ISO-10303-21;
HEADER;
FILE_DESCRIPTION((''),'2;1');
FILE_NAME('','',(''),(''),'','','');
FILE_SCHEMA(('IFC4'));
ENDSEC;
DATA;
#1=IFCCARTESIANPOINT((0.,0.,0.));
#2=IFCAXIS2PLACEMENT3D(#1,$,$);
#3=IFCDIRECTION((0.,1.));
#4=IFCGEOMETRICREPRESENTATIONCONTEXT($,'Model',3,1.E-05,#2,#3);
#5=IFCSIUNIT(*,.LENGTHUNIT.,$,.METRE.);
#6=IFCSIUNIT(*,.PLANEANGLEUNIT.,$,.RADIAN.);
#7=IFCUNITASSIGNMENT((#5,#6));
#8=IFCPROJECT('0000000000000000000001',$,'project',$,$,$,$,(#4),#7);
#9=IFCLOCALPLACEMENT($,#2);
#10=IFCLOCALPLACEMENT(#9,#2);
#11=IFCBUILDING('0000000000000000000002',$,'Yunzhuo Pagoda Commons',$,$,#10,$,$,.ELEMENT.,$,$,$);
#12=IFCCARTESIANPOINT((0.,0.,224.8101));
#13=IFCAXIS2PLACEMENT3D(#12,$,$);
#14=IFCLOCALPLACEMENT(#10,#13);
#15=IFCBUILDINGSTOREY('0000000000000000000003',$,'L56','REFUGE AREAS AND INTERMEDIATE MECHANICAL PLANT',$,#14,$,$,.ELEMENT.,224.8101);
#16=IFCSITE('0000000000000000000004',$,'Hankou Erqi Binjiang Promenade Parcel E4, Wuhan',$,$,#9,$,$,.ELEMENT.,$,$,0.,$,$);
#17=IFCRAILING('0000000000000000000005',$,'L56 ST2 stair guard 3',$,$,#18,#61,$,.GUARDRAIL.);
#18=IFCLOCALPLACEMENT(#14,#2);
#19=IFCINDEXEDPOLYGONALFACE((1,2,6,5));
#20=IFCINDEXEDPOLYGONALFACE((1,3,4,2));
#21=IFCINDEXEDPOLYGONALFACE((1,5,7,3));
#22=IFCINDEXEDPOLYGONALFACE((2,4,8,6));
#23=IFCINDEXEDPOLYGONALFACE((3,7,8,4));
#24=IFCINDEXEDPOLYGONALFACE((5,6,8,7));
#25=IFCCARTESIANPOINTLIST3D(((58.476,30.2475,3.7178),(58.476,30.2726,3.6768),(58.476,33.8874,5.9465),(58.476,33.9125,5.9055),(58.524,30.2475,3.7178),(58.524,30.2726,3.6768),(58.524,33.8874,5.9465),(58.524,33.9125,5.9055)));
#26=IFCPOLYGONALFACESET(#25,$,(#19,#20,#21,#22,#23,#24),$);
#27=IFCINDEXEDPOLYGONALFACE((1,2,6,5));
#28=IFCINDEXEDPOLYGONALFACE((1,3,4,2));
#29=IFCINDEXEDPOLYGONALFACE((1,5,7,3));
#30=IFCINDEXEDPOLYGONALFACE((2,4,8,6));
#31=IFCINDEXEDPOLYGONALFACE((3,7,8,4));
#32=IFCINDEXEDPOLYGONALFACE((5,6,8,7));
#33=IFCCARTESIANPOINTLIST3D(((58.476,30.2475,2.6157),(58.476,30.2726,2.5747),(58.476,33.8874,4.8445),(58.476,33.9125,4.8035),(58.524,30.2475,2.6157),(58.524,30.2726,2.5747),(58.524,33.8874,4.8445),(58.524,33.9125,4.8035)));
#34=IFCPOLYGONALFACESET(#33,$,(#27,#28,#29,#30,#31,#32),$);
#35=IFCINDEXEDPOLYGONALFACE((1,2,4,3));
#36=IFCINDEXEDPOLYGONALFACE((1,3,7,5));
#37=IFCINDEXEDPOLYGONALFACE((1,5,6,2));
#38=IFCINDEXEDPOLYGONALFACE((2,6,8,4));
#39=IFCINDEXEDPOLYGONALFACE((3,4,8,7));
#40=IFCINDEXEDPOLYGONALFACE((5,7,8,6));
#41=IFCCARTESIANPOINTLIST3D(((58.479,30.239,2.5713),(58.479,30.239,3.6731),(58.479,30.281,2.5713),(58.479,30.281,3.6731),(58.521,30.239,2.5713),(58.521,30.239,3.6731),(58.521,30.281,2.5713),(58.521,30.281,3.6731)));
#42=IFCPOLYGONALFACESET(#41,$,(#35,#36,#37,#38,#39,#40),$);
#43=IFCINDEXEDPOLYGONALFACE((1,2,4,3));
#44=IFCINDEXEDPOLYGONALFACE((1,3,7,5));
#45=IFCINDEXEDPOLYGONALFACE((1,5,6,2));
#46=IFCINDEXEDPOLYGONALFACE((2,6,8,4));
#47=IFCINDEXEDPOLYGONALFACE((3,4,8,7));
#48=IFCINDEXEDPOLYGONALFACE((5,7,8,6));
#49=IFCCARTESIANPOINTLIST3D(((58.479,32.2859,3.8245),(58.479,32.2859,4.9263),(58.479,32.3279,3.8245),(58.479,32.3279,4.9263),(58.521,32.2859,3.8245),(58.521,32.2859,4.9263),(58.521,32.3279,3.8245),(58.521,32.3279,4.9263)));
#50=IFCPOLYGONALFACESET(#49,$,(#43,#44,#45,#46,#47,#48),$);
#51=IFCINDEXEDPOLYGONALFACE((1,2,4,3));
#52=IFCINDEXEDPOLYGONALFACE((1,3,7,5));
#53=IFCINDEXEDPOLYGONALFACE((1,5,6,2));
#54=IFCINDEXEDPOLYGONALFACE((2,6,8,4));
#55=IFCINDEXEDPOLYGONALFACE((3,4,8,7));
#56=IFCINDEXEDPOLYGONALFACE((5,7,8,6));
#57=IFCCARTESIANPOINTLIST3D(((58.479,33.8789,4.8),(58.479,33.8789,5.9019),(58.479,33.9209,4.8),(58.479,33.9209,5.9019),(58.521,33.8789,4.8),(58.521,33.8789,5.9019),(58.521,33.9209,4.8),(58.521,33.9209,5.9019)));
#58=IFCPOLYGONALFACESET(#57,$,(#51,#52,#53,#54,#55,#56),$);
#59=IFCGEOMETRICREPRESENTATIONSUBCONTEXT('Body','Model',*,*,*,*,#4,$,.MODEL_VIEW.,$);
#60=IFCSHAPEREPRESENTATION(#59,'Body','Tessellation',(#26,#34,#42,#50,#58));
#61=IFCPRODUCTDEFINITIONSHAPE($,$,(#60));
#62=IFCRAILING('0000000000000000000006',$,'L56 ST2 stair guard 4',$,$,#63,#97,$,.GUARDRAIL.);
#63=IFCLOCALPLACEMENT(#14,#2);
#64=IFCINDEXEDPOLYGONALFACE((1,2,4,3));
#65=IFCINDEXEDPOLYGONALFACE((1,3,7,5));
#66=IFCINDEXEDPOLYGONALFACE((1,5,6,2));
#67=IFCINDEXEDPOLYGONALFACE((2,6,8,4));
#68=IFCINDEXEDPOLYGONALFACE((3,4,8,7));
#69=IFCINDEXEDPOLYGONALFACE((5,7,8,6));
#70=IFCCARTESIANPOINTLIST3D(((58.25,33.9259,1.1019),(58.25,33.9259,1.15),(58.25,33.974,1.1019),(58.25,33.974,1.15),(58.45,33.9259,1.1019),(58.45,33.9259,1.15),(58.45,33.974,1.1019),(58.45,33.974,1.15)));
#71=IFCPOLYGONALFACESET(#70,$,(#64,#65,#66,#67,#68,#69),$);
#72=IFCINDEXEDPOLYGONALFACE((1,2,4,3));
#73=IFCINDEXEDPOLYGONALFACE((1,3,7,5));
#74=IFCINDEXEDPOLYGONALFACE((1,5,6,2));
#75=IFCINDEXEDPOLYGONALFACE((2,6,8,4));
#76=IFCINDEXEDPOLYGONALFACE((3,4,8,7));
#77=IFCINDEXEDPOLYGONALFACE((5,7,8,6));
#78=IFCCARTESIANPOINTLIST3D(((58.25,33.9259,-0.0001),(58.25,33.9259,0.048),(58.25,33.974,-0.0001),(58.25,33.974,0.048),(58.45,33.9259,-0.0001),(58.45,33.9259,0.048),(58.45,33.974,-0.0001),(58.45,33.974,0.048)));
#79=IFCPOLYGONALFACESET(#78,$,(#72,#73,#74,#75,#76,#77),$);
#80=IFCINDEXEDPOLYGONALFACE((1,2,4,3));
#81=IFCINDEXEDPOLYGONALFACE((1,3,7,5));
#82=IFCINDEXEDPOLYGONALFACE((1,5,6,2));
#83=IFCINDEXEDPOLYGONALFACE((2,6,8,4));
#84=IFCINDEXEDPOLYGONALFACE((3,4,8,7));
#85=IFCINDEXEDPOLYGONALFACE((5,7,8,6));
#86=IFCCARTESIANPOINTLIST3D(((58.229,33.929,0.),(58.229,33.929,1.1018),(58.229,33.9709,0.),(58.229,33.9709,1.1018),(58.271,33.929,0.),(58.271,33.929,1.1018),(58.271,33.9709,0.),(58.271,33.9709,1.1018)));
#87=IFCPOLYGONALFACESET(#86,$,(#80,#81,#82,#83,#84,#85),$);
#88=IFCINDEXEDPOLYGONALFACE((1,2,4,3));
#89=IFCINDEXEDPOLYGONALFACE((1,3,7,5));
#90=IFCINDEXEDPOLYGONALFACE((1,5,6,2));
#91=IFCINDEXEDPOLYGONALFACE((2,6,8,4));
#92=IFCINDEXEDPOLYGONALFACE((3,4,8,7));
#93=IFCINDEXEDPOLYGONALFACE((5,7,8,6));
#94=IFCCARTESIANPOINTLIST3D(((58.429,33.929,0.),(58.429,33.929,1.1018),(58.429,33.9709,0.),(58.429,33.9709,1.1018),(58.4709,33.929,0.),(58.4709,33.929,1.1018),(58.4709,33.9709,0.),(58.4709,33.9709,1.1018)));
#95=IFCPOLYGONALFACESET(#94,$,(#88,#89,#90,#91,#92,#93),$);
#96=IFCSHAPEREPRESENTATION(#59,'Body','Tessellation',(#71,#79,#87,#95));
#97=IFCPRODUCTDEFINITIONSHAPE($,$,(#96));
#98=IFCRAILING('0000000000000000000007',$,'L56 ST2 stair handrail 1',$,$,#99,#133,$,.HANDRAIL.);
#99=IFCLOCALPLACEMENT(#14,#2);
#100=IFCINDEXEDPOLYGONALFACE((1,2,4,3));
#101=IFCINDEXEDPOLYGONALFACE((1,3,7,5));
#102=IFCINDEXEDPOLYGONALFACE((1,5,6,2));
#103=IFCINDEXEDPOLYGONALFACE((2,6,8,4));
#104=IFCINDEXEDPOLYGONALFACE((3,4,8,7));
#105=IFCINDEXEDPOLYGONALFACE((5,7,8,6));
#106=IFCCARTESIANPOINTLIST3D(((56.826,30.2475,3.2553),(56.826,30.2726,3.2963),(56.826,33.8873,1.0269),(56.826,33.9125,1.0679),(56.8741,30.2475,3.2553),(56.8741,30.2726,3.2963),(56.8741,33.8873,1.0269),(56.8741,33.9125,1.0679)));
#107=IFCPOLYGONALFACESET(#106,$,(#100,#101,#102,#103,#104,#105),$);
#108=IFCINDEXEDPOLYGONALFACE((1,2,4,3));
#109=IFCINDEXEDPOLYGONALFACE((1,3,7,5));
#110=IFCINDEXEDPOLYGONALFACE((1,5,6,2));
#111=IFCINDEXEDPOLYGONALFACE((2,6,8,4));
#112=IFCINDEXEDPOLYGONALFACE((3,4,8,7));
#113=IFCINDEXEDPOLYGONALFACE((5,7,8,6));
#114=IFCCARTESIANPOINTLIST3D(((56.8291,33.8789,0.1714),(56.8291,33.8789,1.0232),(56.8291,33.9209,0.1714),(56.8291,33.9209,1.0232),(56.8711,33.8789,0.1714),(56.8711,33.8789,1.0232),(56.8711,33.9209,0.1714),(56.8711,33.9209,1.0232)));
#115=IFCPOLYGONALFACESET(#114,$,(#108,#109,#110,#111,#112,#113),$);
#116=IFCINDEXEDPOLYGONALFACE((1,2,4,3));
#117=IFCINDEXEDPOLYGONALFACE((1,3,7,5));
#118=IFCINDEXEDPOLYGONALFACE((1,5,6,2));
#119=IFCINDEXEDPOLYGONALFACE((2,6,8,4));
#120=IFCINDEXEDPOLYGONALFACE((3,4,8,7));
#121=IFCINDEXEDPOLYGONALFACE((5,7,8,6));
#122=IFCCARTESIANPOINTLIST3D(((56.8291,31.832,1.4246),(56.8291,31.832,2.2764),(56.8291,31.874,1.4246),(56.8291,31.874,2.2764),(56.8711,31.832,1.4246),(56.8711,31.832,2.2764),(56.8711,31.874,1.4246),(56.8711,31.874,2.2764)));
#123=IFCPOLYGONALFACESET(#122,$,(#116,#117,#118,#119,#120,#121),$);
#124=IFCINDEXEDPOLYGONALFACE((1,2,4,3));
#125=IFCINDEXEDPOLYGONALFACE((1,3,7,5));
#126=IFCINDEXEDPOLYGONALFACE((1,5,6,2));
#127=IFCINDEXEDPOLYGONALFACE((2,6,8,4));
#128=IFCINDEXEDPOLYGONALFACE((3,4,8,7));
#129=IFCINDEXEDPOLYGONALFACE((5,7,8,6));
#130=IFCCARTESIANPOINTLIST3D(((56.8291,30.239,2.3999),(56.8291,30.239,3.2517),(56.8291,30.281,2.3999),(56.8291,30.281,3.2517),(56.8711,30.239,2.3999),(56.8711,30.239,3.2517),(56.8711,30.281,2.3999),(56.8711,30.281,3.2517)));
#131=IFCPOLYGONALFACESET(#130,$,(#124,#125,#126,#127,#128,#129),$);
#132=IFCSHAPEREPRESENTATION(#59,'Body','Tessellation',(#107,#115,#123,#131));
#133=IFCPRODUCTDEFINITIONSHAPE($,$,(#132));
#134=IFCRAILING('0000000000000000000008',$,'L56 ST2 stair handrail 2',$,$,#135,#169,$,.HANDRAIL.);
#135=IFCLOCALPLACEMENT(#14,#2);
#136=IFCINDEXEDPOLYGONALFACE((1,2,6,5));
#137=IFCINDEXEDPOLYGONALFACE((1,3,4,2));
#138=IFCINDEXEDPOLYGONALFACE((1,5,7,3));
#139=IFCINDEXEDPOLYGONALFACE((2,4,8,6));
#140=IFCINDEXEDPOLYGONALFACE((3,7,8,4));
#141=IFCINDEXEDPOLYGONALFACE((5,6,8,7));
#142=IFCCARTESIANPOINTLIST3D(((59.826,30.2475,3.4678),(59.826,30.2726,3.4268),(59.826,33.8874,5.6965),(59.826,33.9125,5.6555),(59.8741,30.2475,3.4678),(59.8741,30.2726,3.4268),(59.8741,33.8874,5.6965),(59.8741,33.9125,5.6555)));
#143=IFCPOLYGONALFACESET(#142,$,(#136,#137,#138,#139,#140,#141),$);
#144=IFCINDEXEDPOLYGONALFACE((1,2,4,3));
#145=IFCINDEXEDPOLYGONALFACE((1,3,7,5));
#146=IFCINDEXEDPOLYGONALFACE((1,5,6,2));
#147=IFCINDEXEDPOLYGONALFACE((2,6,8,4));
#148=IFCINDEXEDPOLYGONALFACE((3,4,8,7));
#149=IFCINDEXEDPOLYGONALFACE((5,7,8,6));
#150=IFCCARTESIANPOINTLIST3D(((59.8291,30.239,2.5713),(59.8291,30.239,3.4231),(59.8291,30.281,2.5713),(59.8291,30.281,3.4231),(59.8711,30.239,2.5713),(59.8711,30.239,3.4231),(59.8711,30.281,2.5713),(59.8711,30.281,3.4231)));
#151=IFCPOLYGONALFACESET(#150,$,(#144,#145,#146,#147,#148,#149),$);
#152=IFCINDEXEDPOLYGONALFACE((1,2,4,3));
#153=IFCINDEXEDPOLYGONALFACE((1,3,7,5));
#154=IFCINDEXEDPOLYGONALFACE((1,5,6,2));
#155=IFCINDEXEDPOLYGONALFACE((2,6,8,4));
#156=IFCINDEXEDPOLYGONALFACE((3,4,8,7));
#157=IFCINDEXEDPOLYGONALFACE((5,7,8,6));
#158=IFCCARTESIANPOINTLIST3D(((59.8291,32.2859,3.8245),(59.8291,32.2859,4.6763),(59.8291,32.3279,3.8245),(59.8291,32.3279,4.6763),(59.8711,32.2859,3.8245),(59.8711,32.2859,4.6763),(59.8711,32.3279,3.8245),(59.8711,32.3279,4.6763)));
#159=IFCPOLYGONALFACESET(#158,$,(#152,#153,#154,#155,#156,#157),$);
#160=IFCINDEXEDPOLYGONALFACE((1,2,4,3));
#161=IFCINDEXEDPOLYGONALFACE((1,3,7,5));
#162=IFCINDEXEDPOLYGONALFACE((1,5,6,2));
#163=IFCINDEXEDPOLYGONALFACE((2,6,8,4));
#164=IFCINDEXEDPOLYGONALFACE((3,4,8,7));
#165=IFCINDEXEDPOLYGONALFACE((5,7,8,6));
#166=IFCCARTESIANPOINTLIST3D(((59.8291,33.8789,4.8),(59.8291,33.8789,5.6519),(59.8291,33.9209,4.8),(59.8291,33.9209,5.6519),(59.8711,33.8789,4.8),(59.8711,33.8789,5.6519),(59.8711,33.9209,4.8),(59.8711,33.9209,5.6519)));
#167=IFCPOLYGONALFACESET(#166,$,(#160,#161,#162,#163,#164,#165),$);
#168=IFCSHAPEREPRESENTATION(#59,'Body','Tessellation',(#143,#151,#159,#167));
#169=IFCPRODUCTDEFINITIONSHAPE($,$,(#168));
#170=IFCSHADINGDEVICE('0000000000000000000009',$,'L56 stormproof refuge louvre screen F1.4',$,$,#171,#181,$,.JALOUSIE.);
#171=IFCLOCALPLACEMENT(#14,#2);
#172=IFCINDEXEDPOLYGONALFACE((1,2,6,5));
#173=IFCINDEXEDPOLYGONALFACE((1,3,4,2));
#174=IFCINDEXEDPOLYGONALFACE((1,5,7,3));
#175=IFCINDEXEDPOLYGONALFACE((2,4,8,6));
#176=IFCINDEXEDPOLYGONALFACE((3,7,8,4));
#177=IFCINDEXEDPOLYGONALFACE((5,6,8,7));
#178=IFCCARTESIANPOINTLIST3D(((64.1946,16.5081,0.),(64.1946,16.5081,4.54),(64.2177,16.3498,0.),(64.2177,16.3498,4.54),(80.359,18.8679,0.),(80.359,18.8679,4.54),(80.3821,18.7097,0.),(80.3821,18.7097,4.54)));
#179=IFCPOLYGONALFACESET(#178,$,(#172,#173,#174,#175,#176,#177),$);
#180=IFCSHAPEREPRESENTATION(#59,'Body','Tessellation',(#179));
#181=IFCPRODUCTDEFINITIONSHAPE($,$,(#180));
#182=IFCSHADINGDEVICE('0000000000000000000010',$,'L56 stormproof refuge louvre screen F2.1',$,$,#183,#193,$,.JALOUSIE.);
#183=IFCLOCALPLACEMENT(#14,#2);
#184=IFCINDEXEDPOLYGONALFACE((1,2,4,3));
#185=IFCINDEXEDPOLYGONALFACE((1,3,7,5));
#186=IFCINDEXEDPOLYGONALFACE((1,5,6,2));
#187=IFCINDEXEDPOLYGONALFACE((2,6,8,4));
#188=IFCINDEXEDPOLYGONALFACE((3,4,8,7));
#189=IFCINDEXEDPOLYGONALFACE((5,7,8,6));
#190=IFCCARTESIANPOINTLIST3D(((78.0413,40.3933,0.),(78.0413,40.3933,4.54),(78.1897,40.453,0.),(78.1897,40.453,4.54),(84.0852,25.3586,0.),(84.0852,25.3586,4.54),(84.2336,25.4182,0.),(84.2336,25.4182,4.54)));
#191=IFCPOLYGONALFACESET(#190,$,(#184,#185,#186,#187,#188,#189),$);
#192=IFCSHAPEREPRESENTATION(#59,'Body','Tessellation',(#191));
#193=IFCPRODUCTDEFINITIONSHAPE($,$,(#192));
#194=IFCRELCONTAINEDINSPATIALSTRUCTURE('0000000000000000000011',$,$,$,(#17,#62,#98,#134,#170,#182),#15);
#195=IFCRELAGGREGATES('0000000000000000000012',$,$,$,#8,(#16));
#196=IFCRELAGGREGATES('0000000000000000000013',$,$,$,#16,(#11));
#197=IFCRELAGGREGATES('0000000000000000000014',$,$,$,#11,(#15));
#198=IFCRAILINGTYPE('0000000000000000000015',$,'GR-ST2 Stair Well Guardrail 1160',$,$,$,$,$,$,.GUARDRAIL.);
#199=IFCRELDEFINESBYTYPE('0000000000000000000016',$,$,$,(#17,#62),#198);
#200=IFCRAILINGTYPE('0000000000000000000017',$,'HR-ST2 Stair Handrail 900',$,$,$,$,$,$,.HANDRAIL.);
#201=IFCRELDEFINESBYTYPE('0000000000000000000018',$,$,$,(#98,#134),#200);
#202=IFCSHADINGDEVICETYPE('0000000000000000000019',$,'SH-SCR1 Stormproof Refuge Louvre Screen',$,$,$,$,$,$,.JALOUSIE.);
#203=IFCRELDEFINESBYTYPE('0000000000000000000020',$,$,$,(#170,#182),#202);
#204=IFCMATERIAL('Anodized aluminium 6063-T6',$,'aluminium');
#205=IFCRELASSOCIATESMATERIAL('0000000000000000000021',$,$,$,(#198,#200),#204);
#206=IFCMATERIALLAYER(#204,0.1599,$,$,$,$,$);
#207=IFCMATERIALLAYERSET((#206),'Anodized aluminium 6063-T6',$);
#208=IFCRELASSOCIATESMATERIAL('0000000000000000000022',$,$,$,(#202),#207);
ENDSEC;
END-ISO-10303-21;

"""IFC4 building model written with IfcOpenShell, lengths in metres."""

from ifc_helpers import new_model, si_unit, direction, frame, origin, origin_2d, place, context, subcontext, project, spatial, rectangle, extrude, source, transform, mapped, material, layer, layer_set, type_object, element, save


model = new_model("IFC4")

# Units and contexts
model_context = context("Model", 3, precision=1e-05, world=origin(), true_north=direction((0.0, 1.0)))
body_context = subcontext(model_context, "Body", "Model", "MODEL_VIEW")
ifc_project = project(units=[si_unit("LENGTHUNIT", "METRE"), si_unit("PLANEANGLEUNIT", "RADIAN")], contexts=[model_context])

# Site, building, storey
site_placement = place(None, origin())
site = spatial("IfcSite", under=ifc_project, at=site_placement, Name="Hankou Erqi Binjiang Promenade Parcel E4, Wuhan", CompositionType="ELEMENT", RefElevation=0.0)
building_placement = place(site_placement, origin())
building = spatial("IfcBuilding", under=site, at=building_placement, Name="Yunzhuo Pagoda Commons", CompositionType="ELEMENT")
storey_placement = place(building_placement, frame((0.0, 0.0, 224.8101)))
storey = spatial("IfcBuildingStorey", under=building, at=storey_placement, Name="L56", Description="REFUGE AREAS AND INTERMEDIATE MECHANICAL PLANT", CompositionType="ELEMENT", Elevation=224.8101)

# Railings
ifc_material_1 = material(Name="Anodized aluminium 6063-T6", Category="aluminium")
railing_type_1 = type_object("IfcRailingType", Name="GR-ST2 Stair Well Guardrail 1160", PredefinedType="GUARDRAIL", material=ifc_material_1)
railing_1_placement = place(storey_placement, frame((58.5, 30.26, 2.5713)))
element("IfcRailing", 1, at=railing_1_placement, inside=storey, type_object=railing_type_1, Name="L56 ST2 stair guard 3", PredefinedType="GUARDRAIL", context=body_context, shape_type="SweptSolid", body=[
    extrude(rectangle(XDim=0.0481, YDim=0.0481, at=origin_2d()), frame((0.0, 0.0, 1.126), z_axis=(0.0, 0.852825, 0.522197), x_axis=(-1.0, 0.0, 0.0)), (0.0, 0.0, 1.0), 4.2681),
    extrude(rectangle(XDim=0.0481, YDim=0.0481, at=origin_2d()), frame((0.0, 0.0, 0.0239), z_axis=(0.0, 0.852825, 0.522197), x_axis=(-1.0, 0.0, 0.0)), (0.0, 0.0, 1.0), 4.2681),
    extrude(rectangle(XDim=0.042, YDim=0.042, at=origin_2d()), origin(), (0.0, 0.0, 1.0), 1.1018),
    extrude(rectangle(XDim=0.042, YDim=0.042, at=origin_2d()), frame((0.0, 2.0469, 1.2532)), (0.0, 0.0, 1.0), 1.1018),
    extrude(rectangle(XDim=0.042, YDim=0.042, at=origin_2d()), frame((0.0, 3.6399, 2.2288)), (0.0, 0.0, 1.0), 1.1018),
])
railing_2_placement = place(storey_placement, frame((58.25, 33.95, 0.0)))
element("IfcRailing", 2, at=railing_2_placement, inside=storey, type_object=railing_type_1, Name="L56 ST2 stair guard 4", PredefinedType="GUARDRAIL", context=body_context, shape_type="SweptSolid", body=[
    extrude(rectangle(XDim=0.0481, YDim=0.0481, at=origin_2d()), frame((0.0, 0.0, 1.126), z_axis=(1.0, 0.0, 0.0), x_axis=(0.0, 1.0, 0.0)), (0.0, 0.0, 1.0), 0.2),
    extrude(rectangle(XDim=0.0481, YDim=0.0481, at=origin_2d()), frame((0.0, 0.0, 0.0239), z_axis=(1.0, 0.0, 0.0), x_axis=(0.0, 1.0, 0.0)), (0.0, 0.0, 1.0), 0.2),
    extrude(rectangle(XDim=0.042, YDim=0.042, at=origin_2d()), origin(), (0.0, 0.0, 1.0), 1.1018),
    extrude(rectangle(XDim=0.042, YDim=0.042, at=origin_2d()), frame((0.2, 0.0, 0.0)), (0.0, 0.0, 1.0), 1.1018),
])
railing_type_2 = type_object("IfcRailingType", Name="HR-ST2 Stair Handrail 900", PredefinedType="HANDRAIL", material=ifc_material_1)
railing_3_placement = place(storey_placement, frame((56.8501, 33.8999, 0.1714)))
element("IfcRailing", 3, at=railing_3_placement, inside=storey, type_object=railing_type_2, Name="L56 ST2 stair handrail 1", PredefinedType="HANDRAIL", context=body_context, shape_type="SweptSolid", body=[
    extrude(rectangle(XDim=0.0481, YDim=0.0481, at=origin_2d()), frame((0.0, 0.0, 0.876), z_axis=(0.0, -0.85285, 0.522156), x_axis=(1.0, 0.0, 0.0)), (0.0, 0.0, 1.0), 4.2678),
    extrude(rectangle(XDim=0.042, YDim=0.042, at=origin_2d()), origin(), (0.0, 0.0, 1.0), 0.8518),
    extrude(rectangle(XDim=0.042, YDim=0.042, at=origin_2d()), frame((0.0, -2.0469, 1.2532)), (0.0, 0.0, 1.0), 0.8518),
    extrude(rectangle(XDim=0.042, YDim=0.042, at=origin_2d()), frame((0.0, -3.6399, 2.2285)), (0.0, 0.0, 1.0), 0.8518),
])
railing_4_placement = place(storey_placement, frame((59.8501, 30.26, 2.5713)))
element("IfcRailing", 4, at=railing_4_placement, inside=storey, type_object=railing_type_2, Name="L56 ST2 stair handrail 2", PredefinedType="HANDRAIL", context=body_context, shape_type="SweptSolid", body=[
    extrude(rectangle(XDim=0.0481, YDim=0.0481, at=origin_2d()), frame((0.0, 0.0, 0.876), z_axis=(0.0, 0.852825, 0.522197), x_axis=(-1.0, 0.0, 0.0)), (0.0, 0.0, 1.0), 4.2681),
    extrude(rectangle(XDim=0.042, YDim=0.042, at=origin_2d()), origin(), (0.0, 0.0, 1.0), 0.8518),
    extrude(rectangle(XDim=0.042, YDim=0.042, at=origin_2d()), frame((0.0, 2.0469, 1.2532)), (0.0, 0.0, 1.0), 0.8518),
    extrude(rectangle(XDim=0.042, YDim=0.042, at=origin_2d()), frame((0.0, 3.6399, 2.2288)), (0.0, 0.0, 1.0), 0.8518),
])

# Shading devices
ifc_layer_1 = layer(ifc_material_1, 0.1599)
ifc_layer_set_1 = layer_set([ifc_layer_1], Name="Anodized aluminium 6063-T6")
shading_device_type = type_object("IfcShadingDeviceType", Name="SH-SCR1 Stormproof Refuge Louvre Screen", PredefinedType="JALOUSIE", material=ifc_layer_set_1)
shared_shape_1 = source(origin(), body_context, "Body", "SweptSolid", [
    extrude(rectangle(XDim=16.3357, YDim=0.1599, at=origin_2d()), origin(), (0.0, 0.0, 1.0), 4.54),
])
shading_device_1_placement = place(storey_placement, frame((72.2883, 17.6089, 0.0), z_axis=(0.0, 0.0, 1.0), x_axis=(0.989511, 0.14446, 0.0)))
element("IfcShadingDevice", 5, at=shading_device_1_placement, inside=storey, type_object=shading_device_type, Name="L56 stormproof refuge louvre screen F1.4", PredefinedType="JALOUSIE", context=body_context, shape_type="MappedRepresentation", body=[
    mapped(shared_shape_1, transform((0.0, 0.0, 0.0), scale=1.0)),
])
shared_shape_2 = source(origin(), body_context, "Body", "SweptSolid", [
    extrude(rectangle(XDim=16.2041, YDim=0.1599, at=origin_2d()), origin(), (0.0, 0.0, 1.0), 4.54),
])
shading_device_2_placement = place(storey_placement, frame((81.1375, 32.9058, 0.0), z_axis=(0.0, 0.0, 1.0), x_axis=(-0.372988, 0.927836, 0.0)))
element("IfcShadingDevice", 6, at=shading_device_2_placement, inside=storey, type_object=shading_device_type, Name="L56 stormproof refuge louvre screen F2.1", PredefinedType="JALOUSIE", context=body_context, shape_type="MappedRepresentation", body=[
    mapped(shared_shape_2, transform((0.0, 0.0, 0.0), scale=1.0)),
])

save(model, "model.ifc")
